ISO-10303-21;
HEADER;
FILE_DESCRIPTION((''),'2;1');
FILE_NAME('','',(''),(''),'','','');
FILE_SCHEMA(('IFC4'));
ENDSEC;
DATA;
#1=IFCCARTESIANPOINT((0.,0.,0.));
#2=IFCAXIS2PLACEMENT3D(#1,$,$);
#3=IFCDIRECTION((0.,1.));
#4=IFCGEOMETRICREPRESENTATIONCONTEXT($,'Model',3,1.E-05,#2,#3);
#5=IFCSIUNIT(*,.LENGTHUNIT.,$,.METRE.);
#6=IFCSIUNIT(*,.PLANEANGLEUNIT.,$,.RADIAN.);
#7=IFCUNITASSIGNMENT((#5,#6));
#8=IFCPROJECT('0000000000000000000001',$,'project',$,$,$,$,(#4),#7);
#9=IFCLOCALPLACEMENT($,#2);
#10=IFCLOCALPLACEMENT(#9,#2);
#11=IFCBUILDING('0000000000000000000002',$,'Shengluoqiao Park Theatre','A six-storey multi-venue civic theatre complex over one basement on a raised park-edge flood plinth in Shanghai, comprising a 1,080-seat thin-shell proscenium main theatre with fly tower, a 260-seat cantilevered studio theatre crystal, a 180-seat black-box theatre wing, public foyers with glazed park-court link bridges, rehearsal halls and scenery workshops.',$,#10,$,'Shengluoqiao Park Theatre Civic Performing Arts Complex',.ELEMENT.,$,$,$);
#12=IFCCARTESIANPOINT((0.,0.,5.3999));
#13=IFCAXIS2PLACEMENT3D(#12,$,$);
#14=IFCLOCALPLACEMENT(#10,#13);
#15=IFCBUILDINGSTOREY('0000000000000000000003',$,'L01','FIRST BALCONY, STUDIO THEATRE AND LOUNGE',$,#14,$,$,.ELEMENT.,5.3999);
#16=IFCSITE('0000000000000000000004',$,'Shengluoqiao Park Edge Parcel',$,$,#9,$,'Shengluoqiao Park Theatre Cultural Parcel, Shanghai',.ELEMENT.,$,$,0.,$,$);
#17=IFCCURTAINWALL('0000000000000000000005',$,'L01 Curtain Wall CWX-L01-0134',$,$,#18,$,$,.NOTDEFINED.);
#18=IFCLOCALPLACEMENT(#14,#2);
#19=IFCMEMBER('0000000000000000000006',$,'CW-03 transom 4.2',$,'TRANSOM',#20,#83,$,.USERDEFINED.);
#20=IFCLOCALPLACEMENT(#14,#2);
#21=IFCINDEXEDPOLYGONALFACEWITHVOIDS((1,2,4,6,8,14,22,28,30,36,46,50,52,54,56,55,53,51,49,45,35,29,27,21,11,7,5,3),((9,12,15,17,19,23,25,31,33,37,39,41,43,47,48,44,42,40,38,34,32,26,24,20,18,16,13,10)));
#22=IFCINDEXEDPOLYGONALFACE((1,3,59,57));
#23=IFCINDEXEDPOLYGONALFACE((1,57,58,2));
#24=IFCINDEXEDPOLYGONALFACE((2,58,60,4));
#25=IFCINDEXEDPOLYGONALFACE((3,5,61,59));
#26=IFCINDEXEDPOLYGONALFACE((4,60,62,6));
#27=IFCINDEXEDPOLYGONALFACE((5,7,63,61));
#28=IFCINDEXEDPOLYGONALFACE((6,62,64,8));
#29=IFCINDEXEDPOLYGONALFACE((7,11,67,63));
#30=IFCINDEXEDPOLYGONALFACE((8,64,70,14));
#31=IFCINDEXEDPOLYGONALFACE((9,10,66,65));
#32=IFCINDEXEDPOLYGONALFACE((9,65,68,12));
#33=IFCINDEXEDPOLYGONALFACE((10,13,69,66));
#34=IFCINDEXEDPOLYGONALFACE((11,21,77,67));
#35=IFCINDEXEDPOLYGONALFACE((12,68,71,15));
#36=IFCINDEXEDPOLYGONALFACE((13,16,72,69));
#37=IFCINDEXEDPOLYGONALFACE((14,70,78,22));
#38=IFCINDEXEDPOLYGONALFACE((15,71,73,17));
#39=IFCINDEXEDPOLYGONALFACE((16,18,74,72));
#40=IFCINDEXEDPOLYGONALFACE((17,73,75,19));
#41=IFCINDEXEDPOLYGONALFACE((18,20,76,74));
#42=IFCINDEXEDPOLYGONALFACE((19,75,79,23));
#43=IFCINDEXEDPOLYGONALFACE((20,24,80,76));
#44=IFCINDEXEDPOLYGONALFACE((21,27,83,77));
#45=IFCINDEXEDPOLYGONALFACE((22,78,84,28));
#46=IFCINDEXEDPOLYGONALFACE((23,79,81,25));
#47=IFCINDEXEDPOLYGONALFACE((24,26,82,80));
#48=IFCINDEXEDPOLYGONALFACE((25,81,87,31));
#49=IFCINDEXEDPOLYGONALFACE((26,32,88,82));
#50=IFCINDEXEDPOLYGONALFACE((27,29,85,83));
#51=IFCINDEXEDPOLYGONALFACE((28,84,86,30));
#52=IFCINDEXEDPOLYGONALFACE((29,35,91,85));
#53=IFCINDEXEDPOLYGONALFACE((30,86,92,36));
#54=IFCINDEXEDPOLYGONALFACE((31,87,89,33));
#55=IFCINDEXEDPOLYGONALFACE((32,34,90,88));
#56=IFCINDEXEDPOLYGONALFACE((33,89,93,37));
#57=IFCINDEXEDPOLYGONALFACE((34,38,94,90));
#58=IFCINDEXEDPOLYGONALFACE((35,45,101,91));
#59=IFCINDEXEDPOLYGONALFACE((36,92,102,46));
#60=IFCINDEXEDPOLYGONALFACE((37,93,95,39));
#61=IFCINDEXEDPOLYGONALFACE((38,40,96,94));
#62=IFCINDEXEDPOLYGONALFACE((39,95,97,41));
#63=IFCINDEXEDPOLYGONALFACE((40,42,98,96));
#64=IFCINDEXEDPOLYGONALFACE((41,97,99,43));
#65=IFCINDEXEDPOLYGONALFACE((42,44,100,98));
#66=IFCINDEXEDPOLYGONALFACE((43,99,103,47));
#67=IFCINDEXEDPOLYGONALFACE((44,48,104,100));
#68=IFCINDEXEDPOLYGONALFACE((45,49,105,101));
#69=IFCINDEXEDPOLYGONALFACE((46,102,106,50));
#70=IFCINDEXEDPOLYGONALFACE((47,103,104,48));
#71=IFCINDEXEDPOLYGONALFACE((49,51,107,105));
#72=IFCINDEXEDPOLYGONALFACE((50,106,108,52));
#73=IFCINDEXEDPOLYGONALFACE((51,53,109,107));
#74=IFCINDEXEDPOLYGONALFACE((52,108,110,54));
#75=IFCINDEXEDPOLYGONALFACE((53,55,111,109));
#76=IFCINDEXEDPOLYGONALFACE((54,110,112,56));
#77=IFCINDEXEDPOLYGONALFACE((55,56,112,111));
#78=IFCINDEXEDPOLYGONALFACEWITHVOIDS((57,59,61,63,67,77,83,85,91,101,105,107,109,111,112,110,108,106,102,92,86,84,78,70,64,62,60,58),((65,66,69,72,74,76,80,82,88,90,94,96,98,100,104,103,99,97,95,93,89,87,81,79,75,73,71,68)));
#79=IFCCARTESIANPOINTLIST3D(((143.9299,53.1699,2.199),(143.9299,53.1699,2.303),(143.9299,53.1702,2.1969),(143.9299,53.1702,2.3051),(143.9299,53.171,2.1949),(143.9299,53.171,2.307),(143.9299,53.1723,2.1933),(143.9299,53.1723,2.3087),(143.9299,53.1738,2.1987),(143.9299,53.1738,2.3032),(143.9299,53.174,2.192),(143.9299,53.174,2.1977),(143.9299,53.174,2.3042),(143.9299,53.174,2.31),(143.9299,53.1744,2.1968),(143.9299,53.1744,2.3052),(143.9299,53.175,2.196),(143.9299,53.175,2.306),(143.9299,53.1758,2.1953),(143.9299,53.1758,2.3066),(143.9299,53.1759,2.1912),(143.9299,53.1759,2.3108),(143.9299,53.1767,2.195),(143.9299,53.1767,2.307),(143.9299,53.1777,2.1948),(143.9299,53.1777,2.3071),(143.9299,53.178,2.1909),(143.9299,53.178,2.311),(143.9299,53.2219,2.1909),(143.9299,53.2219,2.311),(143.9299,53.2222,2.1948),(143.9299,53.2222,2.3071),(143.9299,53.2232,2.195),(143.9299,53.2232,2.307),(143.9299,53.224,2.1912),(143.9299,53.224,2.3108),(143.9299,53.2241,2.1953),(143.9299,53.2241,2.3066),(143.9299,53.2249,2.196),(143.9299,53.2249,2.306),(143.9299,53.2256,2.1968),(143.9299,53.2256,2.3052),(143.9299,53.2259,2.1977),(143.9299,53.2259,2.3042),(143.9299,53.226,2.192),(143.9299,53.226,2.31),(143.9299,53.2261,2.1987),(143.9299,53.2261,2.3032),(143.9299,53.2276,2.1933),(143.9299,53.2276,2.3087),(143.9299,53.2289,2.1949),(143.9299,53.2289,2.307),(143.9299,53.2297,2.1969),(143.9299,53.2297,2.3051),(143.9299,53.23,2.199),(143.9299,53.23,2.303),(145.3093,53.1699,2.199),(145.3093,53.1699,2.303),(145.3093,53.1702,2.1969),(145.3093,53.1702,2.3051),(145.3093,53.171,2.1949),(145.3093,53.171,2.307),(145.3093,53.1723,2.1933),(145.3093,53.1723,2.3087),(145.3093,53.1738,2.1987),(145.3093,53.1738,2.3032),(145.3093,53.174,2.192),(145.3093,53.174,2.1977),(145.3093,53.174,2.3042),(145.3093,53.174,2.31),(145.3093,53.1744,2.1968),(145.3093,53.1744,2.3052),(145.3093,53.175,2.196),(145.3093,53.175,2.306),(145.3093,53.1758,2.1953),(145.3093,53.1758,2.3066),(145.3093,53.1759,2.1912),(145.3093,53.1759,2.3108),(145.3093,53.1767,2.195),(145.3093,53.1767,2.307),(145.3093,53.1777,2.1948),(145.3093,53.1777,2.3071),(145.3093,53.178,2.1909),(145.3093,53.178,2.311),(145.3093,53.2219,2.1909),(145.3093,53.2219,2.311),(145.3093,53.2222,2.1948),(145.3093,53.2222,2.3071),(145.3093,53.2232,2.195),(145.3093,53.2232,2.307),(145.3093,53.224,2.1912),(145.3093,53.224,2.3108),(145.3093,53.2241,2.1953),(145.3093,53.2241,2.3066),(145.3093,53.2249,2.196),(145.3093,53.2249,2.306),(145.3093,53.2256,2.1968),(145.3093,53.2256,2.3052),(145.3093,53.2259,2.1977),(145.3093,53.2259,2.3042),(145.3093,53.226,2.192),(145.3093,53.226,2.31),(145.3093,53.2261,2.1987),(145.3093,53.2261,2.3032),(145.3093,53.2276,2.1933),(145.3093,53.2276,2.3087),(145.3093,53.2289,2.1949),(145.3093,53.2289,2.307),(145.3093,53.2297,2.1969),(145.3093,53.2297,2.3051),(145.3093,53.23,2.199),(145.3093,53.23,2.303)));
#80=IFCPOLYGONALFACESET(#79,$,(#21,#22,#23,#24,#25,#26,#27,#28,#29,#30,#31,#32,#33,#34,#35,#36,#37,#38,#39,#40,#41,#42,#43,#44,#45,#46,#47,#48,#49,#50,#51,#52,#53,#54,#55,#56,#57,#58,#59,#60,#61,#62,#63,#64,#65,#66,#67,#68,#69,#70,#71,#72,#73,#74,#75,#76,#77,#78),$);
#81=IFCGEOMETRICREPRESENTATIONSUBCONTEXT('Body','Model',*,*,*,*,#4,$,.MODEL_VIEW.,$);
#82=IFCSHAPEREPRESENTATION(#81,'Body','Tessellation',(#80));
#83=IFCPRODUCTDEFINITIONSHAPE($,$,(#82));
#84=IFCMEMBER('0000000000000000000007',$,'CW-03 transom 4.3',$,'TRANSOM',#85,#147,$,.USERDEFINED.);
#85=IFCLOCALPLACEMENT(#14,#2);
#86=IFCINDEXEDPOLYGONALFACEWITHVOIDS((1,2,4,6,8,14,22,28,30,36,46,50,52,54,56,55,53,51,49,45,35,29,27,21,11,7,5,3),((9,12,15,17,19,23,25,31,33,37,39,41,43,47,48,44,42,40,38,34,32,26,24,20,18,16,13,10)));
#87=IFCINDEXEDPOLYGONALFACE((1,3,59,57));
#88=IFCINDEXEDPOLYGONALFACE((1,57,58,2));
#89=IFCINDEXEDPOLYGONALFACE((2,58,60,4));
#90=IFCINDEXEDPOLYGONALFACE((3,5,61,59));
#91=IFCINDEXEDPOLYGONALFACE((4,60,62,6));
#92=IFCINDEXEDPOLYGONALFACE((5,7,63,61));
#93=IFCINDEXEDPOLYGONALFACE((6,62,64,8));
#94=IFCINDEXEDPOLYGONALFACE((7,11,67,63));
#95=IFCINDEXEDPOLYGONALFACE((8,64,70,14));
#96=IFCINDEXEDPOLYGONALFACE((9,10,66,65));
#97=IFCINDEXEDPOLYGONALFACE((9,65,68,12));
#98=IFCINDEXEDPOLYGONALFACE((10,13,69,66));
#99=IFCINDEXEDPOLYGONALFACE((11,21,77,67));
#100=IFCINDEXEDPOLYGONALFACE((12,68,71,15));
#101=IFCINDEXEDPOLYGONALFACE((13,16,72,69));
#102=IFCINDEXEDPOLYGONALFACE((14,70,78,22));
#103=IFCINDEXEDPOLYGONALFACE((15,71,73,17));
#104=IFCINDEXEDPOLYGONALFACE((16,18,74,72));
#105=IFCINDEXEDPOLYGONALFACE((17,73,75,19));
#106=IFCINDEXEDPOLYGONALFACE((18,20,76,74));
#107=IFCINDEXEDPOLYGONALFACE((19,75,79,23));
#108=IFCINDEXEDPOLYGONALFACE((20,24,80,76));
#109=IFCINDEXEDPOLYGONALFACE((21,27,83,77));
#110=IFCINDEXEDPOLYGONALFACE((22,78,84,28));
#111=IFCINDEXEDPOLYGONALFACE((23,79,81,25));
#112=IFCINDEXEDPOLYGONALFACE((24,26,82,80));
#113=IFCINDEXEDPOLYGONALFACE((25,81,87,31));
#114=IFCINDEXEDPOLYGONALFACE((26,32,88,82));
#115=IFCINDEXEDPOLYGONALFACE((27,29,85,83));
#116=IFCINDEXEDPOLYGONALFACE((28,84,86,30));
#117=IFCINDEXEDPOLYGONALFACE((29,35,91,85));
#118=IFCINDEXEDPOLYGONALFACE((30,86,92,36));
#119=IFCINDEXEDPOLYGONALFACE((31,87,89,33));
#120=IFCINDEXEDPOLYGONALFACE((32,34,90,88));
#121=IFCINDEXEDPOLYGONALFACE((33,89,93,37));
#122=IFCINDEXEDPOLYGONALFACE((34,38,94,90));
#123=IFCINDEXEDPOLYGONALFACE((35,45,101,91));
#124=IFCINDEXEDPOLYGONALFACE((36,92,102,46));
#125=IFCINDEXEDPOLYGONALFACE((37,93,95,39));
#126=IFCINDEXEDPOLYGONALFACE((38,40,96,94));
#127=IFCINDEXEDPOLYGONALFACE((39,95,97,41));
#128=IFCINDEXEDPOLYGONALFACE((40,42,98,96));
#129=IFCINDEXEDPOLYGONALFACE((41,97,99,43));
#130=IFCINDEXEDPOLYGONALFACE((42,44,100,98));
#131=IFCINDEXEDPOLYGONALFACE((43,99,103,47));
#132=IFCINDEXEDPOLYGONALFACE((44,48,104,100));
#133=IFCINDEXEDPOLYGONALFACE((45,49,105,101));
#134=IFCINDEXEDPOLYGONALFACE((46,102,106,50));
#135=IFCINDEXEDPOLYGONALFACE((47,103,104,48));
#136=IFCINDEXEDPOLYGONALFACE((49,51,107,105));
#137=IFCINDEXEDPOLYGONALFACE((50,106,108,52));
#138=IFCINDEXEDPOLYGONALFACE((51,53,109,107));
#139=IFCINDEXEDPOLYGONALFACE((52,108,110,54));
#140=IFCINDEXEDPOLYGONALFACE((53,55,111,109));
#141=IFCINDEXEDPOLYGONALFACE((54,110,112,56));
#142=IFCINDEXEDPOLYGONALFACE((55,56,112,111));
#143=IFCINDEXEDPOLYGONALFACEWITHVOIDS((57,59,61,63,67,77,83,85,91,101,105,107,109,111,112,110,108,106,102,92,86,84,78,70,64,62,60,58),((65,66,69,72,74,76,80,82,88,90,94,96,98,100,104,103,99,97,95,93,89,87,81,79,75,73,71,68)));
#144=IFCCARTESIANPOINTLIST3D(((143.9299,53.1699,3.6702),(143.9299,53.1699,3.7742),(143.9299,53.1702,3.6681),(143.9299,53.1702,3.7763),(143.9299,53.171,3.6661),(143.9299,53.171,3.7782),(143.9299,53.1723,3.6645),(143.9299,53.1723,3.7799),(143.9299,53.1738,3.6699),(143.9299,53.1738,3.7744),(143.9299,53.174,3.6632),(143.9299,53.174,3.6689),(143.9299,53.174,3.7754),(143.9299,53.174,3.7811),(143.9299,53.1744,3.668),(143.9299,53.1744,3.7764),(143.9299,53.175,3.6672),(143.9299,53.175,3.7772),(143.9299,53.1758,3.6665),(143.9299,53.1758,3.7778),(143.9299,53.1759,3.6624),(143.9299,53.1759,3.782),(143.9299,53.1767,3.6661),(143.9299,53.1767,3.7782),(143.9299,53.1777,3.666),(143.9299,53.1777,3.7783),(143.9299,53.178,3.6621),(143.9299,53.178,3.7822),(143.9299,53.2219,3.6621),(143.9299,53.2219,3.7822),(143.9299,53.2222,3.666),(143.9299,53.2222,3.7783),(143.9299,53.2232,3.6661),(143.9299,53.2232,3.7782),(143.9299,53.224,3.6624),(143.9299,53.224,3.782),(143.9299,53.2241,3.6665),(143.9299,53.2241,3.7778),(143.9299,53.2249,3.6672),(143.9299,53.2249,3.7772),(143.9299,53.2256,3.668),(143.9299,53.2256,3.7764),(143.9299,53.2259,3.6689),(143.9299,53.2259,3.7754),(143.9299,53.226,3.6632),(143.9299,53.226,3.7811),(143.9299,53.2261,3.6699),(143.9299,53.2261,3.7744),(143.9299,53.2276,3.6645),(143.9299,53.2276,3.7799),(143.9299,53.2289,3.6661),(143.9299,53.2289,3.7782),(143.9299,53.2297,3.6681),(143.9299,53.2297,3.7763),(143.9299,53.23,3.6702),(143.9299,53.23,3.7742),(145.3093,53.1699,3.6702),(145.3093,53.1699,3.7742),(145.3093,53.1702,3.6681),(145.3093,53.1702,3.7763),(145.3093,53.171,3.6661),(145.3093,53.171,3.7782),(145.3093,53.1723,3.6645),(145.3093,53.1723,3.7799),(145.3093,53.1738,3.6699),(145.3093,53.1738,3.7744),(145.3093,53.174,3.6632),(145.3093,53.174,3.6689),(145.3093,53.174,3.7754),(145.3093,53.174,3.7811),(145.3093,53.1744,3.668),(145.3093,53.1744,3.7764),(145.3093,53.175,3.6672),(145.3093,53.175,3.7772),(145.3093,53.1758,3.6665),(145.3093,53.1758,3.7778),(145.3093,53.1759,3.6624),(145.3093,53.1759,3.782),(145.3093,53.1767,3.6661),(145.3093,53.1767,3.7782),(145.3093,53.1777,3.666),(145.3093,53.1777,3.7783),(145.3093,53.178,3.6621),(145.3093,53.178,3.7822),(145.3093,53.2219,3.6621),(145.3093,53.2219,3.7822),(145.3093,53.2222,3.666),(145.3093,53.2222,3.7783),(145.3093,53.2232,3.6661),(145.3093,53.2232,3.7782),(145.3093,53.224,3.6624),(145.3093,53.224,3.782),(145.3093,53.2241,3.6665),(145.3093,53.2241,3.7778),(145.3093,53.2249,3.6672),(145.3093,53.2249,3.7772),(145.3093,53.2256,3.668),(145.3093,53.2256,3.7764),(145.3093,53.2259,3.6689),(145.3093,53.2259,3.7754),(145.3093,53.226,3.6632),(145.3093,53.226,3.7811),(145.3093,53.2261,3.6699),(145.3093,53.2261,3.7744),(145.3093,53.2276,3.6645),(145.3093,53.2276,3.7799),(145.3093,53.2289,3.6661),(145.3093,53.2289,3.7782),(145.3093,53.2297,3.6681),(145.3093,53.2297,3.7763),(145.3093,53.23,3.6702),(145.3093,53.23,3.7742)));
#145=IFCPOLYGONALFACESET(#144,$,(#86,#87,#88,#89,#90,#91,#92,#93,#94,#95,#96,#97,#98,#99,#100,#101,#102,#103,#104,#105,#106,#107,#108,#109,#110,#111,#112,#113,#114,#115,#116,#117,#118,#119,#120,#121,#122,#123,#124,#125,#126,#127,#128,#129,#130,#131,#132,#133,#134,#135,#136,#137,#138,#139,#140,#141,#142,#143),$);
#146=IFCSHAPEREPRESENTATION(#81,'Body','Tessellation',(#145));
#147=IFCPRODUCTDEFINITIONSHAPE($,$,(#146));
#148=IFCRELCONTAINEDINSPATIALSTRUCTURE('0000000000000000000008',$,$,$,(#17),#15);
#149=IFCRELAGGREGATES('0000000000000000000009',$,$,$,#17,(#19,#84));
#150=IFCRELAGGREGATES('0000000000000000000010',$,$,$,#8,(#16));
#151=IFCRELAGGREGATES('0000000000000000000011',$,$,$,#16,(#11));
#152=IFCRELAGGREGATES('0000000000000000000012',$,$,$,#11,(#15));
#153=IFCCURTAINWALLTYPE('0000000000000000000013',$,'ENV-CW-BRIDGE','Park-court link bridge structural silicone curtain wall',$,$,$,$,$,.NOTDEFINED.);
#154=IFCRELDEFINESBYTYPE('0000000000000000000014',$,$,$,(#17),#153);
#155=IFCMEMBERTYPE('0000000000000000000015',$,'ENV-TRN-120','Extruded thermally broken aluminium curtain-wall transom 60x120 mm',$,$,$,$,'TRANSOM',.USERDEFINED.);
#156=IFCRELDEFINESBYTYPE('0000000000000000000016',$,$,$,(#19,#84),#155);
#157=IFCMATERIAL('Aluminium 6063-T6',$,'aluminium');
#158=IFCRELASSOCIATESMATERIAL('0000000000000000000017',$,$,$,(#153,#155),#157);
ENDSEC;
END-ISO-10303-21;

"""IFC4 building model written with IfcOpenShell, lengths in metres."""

from ifc_helpers import new_model, si_unit, direction, frame, origin, origin_2d, place, context, subcontext, project, spatial, hollow_rectangle, extrude, material, material_profile, profile_set, type_object, element, aggregate, save


model = new_model("IFC4")

# Units and contexts
model_context = context("Model", 3, precision=1e-05, world=origin(), true_north=direction((0.0, 1.0)))
body_context = subcontext(model_context, "Body", "Model", "MODEL_VIEW")
ifc_project = project(units=[si_unit("LENGTHUNIT", "METRE"), si_unit("PLANEANGLEUNIT", "RADIAN")], contexts=[model_context])

# Site, building, storey
site_placement = place(None, origin())
site = spatial("IfcSite", under=ifc_project, at=site_placement, Name="Shengluoqiao Park Edge Parcel", LongName="Shengluoqiao Park Theatre Cultural Parcel, Shanghai", CompositionType="ELEMENT", RefElevation=0.0)
building_placement = place(site_placement, origin())
building = spatial("IfcBuilding", under=site, at=building_placement, Name="Shengluoqiao Park Theatre", Description="A six-storey multi-venue civic theatre complex over one basement on a raised park-edge flood plinth in Shanghai, comprising a 1,080-seat thin-shell proscenium main theatre with fly tower, a 260-seat cantilevered studio theatre crystal, a 180-seat black-box theatre wing, public foyers with glazed park-court link bridges, rehearsal halls and scenery workshops.", LongName="Shengluoqiao Park Theatre Civic Performing Arts Complex", CompositionType="ELEMENT")
storey_placement = place(building_placement, frame((0.0, 0.0, 5.3999)))
storey = spatial("IfcBuildingStorey", under=building, at=storey_placement, Name="L01", Description="FIRST BALCONY, STUDIO THEATRE AND LOUNGE", CompositionType="ELEMENT", Elevation=5.3999)

# Curtain wall
ifc_material_1 = material(Name="Aluminium 6063-T6", Category="aluminium")
curtain_wall_type = type_object("IfcCurtainWallType", Name="ENV-CW-BRIDGE", Description="Park-court link bridge structural silicone curtain wall", PredefinedType="NOTDEFINED", material=ifc_material_1)
curtain_wall_1_placement = place(storey_placement, origin())
curtain_wall_1 = element("IfcCurtainWall", 1, at=curtain_wall_1_placement, inside=storey, type_object=curtain_wall_type, Name="L01 Curtain Wall CWX-L01-0134", PredefinedType="NOTDEFINED")

# Members
ifc_material_profile_1 = material_profile(ifc_material_1, hollow_rectangle(XDim=0.0601, YDim=0.1201, WallThickness=0.0039, InnerFilletRadius=0.0039, OuterFilletRadius=0.0081, at=origin_2d()), Name="ALU TRANSOM 120x60x4")
ifc_profile_set_1 = profile_set([ifc_material_profile_1], Name="Aluminium 6063-T6")
member_type_1 = type_object("IfcMemberType", Name="ENV-TRN-120", Description="Extruded thermally broken aluminium curtain-wall transom 60x120 mm", ElementType="TRANSOM", PredefinedType="USERDEFINED", material=ifc_profile_set_1)
member_1_placement = place(storey_placement, frame((143.9299, 53.2, 2.251), z_axis=(1.0, 0.0, 0.0), x_axis=(0.0, 1.0, 0.0)))
member_1 = element("IfcMember", 2, at=member_1_placement, type_object=member_type_1, Name="CW-03 transom 4.2", ObjectType="TRANSOM", PredefinedType="USERDEFINED", context=body_context, shape_type="SweptSolid", body=[
    extrude(hollow_rectangle(XDim=0.0601, YDim=0.1201, WallThickness=0.0039, InnerFilletRadius=0.0039, OuterFilletRadius=0.0081, at=origin_2d()), origin(), (0.0, 0.0, 1.0), 1.3794),
])
member_2_placement = place(storey_placement, frame((143.9299, 53.2, 3.7222), z_axis=(1.0, 0.0, 0.0), x_axis=(0.0, 1.0, 0.0)))
member_2 = element("IfcMember", 3, at=member_2_placement, type_object=member_type_1, Name="CW-03 transom 4.3", ObjectType="TRANSOM", PredefinedType="USERDEFINED", context=body_context, shape_type="SweptSolid", body=[
    extrude(hollow_rectangle(XDim=0.0601, YDim=0.1201, WallThickness=0.0039, InnerFilletRadius=0.0039, OuterFilletRadius=0.0081, at=origin_2d()), origin(), (0.0, 0.0, 1.0), 1.3794),
])

aggregate(curtain_wall_1, [member_1, member_2])

save(model, "model.ifc")
